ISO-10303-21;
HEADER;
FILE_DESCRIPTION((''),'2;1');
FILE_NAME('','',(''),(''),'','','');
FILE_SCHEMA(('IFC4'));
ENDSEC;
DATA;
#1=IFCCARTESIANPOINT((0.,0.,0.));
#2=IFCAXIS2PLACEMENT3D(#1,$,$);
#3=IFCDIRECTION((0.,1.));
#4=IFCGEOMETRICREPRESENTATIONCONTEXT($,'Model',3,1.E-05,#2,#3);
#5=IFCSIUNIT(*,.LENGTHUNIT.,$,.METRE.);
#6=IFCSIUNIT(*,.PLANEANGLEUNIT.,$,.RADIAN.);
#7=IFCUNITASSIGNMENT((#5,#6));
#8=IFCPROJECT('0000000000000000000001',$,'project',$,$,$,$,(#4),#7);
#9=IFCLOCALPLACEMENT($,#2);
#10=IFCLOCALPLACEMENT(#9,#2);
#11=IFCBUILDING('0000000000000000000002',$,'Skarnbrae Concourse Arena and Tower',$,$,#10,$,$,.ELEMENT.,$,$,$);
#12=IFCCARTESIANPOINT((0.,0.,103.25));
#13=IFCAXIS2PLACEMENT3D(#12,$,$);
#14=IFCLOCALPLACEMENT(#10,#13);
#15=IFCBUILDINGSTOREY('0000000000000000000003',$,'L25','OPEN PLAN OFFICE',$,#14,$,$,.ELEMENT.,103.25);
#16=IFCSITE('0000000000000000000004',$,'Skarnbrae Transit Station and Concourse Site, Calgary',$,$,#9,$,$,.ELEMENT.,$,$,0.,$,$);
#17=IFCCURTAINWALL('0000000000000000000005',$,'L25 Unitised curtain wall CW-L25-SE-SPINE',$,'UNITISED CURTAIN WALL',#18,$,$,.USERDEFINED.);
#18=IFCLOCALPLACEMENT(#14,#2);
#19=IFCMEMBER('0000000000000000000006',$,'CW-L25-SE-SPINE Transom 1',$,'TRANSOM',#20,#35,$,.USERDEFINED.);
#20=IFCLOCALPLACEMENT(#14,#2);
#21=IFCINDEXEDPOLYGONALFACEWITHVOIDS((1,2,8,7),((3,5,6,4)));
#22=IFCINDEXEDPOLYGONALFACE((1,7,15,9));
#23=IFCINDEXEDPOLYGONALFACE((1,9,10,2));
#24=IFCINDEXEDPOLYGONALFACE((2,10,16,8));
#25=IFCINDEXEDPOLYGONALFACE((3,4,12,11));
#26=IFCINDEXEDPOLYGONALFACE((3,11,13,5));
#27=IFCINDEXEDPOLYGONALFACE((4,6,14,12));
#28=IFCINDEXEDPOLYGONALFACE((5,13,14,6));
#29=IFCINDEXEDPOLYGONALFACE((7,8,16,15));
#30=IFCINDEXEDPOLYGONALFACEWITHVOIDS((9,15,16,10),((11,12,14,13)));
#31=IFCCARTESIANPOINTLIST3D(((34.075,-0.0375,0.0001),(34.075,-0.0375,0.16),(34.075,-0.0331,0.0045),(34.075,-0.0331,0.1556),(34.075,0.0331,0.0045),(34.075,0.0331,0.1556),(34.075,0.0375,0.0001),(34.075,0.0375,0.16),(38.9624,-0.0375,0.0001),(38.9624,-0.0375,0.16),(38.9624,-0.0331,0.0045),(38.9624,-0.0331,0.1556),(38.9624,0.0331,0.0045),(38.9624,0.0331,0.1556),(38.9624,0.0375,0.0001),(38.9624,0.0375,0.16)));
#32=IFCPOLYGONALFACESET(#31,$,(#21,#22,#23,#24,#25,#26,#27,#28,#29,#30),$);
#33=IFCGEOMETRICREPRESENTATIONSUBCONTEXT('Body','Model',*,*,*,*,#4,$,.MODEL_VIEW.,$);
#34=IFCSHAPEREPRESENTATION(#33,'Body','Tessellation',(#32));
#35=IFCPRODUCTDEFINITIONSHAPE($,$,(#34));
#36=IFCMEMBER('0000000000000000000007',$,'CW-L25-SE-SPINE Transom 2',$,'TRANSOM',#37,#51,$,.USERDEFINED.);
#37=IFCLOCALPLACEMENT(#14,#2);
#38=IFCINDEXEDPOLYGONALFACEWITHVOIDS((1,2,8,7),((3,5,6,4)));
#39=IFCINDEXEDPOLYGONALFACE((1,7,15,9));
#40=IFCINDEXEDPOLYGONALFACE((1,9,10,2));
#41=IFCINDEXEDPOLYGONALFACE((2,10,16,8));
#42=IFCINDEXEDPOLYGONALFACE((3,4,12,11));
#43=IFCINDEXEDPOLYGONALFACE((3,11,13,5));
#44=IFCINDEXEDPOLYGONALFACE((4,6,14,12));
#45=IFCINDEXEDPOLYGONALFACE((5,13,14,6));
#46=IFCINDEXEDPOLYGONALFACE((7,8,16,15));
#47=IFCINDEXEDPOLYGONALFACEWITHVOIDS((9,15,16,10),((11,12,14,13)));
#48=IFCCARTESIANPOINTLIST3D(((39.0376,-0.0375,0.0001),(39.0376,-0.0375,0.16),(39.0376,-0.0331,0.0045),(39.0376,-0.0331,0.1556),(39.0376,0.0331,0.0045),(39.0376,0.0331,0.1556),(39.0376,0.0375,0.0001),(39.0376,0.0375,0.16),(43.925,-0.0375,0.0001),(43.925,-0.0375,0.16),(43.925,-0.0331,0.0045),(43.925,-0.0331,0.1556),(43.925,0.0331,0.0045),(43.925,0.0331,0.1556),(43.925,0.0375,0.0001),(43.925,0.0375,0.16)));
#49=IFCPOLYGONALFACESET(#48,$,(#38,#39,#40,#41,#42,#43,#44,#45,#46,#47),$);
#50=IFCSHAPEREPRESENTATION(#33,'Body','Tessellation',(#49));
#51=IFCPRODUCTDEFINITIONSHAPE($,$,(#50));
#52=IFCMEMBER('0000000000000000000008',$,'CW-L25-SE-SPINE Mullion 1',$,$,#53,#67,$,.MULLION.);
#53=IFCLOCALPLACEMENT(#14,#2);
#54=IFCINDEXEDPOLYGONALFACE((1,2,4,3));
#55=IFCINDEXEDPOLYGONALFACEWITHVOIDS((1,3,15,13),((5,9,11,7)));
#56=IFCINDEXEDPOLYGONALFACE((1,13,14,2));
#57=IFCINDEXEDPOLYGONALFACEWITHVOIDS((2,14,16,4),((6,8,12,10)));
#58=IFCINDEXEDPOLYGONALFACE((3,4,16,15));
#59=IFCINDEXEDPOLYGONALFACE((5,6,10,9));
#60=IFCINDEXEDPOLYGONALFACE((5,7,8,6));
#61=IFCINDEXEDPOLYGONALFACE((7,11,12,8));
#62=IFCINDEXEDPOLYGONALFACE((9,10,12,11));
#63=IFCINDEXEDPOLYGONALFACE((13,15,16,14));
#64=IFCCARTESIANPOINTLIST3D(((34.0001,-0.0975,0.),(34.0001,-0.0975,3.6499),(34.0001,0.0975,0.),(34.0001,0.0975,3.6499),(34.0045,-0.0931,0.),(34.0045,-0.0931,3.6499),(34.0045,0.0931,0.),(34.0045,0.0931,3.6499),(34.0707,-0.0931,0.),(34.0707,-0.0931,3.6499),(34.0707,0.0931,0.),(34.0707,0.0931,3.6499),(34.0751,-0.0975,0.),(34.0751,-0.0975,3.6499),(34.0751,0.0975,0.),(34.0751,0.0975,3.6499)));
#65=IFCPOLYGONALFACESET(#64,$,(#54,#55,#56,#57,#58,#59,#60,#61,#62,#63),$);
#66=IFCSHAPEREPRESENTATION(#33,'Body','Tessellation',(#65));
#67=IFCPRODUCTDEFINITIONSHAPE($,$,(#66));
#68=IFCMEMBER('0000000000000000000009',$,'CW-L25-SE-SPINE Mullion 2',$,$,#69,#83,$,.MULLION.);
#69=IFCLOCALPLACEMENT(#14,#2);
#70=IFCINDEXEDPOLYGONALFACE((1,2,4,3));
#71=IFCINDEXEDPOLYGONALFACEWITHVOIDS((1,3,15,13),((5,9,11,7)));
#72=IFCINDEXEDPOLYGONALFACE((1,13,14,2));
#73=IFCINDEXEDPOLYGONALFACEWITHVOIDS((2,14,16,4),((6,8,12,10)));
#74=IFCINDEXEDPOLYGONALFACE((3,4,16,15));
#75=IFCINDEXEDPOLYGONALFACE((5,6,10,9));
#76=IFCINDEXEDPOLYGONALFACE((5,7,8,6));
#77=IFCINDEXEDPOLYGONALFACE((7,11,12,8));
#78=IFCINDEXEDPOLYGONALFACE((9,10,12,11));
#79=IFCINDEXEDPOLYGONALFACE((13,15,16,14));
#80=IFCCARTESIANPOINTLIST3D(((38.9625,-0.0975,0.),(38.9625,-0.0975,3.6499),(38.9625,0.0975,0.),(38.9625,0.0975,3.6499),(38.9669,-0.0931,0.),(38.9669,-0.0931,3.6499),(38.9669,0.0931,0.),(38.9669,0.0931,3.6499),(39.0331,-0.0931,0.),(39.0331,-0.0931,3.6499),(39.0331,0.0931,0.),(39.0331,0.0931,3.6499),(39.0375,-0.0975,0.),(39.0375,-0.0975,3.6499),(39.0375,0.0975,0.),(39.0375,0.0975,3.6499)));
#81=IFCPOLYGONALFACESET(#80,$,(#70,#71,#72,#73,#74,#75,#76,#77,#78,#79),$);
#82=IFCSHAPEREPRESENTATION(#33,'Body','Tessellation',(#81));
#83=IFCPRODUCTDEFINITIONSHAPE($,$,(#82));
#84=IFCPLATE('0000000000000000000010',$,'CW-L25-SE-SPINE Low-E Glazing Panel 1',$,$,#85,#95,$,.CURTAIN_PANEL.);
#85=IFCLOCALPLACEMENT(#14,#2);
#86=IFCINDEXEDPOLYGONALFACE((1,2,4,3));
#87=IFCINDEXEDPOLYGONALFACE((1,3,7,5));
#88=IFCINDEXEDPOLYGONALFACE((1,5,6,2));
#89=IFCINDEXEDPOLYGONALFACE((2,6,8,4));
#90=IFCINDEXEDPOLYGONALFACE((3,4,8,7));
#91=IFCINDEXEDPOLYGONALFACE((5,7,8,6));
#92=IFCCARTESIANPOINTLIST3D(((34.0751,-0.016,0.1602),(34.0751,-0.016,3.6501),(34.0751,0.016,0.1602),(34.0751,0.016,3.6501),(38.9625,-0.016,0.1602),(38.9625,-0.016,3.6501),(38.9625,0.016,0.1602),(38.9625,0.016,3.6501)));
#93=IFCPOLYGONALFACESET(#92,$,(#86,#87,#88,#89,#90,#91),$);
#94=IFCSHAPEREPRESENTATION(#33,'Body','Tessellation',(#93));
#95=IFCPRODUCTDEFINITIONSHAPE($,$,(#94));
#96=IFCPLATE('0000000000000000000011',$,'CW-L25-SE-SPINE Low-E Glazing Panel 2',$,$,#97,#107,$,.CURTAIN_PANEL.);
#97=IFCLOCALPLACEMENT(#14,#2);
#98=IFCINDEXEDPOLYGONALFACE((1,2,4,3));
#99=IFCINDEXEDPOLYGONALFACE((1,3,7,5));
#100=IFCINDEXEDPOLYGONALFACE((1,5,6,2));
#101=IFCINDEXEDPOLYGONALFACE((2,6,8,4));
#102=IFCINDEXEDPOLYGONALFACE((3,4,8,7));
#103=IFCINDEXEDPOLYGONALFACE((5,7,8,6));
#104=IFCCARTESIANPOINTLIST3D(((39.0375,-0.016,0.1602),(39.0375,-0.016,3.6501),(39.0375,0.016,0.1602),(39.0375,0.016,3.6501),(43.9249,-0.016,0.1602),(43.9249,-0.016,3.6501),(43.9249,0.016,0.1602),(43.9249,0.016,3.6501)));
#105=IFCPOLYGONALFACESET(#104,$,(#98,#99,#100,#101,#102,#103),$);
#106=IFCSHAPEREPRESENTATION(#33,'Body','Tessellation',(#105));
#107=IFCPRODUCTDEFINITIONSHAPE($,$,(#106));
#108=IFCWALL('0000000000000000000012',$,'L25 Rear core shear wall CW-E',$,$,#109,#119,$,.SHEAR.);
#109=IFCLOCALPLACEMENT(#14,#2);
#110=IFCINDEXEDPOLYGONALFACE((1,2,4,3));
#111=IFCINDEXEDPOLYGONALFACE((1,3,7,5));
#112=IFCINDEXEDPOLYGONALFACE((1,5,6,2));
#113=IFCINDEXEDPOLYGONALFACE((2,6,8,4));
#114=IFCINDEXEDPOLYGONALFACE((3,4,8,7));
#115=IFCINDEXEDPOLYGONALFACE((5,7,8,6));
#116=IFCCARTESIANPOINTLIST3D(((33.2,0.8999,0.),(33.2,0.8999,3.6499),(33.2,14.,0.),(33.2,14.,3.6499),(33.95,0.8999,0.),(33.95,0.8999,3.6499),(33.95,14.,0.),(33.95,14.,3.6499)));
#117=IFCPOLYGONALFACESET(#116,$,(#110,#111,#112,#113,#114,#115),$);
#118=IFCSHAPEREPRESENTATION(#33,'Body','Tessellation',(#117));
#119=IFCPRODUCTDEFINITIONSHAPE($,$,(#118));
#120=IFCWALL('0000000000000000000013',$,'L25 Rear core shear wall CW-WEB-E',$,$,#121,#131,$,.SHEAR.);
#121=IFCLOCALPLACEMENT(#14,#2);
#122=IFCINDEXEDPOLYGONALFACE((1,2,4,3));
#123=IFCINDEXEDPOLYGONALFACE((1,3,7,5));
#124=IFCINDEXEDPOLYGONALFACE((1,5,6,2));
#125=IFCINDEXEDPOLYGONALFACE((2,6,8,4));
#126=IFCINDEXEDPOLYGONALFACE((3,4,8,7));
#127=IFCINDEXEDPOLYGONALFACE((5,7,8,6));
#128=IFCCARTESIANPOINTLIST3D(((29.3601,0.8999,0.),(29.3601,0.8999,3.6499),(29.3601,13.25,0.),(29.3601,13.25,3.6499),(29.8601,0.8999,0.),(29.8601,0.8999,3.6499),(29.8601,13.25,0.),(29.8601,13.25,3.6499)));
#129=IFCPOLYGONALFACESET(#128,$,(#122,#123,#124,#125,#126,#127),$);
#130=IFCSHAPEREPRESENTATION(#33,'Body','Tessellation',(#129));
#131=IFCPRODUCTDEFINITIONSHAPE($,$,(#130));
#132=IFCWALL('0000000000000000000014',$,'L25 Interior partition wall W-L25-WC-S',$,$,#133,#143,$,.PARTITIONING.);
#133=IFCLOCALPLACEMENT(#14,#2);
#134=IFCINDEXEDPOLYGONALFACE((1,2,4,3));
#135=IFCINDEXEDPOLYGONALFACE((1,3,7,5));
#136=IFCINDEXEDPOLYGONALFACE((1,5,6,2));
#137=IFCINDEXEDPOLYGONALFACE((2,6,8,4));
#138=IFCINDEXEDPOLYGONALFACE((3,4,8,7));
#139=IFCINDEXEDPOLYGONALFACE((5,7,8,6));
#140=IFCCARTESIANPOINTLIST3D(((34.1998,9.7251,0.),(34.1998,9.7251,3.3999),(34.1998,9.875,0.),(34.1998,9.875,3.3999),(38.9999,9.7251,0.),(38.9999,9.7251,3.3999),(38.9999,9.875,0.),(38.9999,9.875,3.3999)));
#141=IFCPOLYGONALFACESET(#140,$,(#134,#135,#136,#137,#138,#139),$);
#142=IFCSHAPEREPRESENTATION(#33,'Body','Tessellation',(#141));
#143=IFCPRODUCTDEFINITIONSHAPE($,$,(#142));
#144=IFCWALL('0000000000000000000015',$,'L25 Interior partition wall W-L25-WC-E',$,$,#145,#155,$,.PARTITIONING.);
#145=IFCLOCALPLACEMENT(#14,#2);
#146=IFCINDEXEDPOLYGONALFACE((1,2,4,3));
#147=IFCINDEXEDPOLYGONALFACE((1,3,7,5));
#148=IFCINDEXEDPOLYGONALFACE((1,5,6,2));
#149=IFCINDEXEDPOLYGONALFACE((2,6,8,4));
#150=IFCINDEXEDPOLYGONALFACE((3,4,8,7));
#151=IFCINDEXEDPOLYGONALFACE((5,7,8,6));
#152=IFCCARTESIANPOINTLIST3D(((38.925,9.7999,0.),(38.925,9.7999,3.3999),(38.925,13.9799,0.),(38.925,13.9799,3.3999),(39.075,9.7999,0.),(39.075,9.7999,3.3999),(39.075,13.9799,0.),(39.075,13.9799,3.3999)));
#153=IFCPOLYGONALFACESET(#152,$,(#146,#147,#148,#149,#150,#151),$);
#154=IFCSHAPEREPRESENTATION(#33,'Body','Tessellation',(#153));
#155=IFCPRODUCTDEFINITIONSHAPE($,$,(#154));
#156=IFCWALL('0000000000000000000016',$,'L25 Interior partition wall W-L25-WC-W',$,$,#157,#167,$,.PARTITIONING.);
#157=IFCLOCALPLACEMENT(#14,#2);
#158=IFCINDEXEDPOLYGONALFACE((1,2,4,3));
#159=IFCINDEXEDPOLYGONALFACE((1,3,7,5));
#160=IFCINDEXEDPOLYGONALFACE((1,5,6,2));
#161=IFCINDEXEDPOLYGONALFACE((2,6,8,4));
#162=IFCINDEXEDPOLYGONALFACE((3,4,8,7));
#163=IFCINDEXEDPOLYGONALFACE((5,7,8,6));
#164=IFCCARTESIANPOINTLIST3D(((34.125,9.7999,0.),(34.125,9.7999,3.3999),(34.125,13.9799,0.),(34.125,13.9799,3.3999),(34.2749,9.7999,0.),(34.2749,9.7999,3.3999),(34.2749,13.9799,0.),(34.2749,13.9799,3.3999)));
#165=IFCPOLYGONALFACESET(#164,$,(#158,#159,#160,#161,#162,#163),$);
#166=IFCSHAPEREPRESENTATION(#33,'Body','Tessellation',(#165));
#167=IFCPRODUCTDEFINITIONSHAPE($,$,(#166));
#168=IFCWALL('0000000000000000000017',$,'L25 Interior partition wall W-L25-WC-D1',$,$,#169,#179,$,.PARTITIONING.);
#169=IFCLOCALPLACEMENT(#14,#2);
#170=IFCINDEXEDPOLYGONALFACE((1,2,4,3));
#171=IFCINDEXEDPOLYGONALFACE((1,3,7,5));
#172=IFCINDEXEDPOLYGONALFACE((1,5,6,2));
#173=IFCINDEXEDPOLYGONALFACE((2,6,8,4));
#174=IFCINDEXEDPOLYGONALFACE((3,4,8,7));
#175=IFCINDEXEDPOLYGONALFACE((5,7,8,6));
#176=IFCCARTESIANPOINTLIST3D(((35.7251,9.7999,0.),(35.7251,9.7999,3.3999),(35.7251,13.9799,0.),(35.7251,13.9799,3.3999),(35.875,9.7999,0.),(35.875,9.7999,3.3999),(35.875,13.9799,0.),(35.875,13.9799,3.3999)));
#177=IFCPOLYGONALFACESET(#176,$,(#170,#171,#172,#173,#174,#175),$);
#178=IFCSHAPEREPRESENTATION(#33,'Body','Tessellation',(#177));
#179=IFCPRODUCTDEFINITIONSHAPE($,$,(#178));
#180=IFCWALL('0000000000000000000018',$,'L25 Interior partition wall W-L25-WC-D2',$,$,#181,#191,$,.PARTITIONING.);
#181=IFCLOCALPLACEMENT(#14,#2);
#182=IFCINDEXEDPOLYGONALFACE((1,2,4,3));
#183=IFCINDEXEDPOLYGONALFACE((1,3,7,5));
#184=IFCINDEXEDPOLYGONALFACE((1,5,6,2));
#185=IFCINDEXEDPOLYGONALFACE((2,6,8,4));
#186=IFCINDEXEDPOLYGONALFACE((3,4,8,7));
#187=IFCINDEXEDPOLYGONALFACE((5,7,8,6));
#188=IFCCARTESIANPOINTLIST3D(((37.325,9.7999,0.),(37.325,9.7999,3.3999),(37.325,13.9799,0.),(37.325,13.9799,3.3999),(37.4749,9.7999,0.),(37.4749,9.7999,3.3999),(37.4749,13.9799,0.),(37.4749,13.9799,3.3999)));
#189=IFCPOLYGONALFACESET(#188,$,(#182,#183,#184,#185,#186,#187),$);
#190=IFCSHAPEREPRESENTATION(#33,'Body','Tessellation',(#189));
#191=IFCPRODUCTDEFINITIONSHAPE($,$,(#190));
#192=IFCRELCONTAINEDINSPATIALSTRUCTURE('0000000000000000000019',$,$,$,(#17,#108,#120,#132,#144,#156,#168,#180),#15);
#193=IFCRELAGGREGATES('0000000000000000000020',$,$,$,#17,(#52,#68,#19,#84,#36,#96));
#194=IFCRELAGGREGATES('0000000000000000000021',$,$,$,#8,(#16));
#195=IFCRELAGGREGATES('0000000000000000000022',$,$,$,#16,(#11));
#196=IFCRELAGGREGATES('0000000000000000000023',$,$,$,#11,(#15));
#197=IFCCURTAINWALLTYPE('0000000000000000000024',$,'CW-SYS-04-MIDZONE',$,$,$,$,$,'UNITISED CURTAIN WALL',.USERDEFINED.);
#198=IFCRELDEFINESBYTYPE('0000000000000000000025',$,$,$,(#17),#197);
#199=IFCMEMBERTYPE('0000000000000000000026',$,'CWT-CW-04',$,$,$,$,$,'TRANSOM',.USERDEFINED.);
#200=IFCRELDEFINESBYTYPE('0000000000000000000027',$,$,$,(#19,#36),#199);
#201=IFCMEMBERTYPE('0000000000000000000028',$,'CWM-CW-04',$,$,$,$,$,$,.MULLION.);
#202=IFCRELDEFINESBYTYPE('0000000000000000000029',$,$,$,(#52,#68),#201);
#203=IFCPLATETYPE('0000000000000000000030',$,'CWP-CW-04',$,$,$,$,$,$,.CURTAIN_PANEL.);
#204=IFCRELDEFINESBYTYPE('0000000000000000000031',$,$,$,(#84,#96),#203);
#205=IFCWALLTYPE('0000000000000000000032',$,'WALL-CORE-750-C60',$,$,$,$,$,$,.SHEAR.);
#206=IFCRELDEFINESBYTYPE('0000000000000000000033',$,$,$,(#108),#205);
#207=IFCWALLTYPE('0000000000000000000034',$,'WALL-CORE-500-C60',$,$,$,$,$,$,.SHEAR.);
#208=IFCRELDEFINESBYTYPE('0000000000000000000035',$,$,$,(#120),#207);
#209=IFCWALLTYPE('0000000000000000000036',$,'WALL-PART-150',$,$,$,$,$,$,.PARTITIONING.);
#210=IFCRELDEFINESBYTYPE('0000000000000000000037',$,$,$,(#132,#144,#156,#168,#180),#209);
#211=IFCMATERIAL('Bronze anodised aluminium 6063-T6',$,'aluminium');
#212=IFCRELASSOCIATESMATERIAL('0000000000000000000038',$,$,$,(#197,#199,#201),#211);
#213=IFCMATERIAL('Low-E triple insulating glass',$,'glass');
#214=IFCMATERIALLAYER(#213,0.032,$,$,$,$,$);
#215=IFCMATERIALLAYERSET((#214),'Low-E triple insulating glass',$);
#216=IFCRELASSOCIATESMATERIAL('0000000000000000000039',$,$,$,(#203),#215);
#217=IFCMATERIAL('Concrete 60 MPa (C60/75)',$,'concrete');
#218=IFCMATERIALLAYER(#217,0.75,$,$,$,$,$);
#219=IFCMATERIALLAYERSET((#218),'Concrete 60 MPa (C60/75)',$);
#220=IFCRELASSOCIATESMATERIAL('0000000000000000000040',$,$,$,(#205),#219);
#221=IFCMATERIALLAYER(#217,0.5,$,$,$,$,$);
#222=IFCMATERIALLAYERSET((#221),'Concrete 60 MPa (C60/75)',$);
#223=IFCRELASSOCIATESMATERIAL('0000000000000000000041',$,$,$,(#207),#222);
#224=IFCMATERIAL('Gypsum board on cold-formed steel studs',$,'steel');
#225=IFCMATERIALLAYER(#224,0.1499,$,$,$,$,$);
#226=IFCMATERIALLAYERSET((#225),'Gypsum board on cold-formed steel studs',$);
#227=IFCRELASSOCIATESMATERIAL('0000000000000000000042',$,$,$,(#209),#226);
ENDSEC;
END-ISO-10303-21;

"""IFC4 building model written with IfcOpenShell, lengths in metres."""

from ifc_helpers import new_model, si_unit, direction, frame, frame_2d, origin, origin_2d, place, context, subcontext, project, spatial, rectangle, hollow_rectangle, extrude, source, transform, mapped, material, layer, layer_set, material_profile, profile_set, type_object, element, aggregate, save


model = new_model("IFC4")

# Units and contexts
model_context = context("Model", 3, precision=1e-05, world=origin(), true_north=direction((0.0, 1.0)))
body_context = subcontext(model_context, "Body", "Model", "MODEL_VIEW")
ifc_project = project(units=[si_unit("LENGTHUNIT", "METRE"), si_unit("PLANEANGLEUNIT", "RADIAN")], contexts=[model_context])

# Site, building, storey
site_placement = place(None, origin())
site = spatial("IfcSite", under=ifc_project, at=site_placement, Name="Skarnbrae Transit Station and Concourse Site, Calgary", CompositionType="ELEMENT", RefElevation=0.0)
building_placement = place(site_placement, origin())
building = spatial("IfcBuilding", under=site, at=building_placement, Name="Skarnbrae Concourse Arena and Tower", CompositionType="ELEMENT")
storey_placement = place(building_placement, frame((0.0, 0.0, 103.25)))
storey = spatial("IfcBuildingStorey", under=building, at=storey_placement, Name="L25", Description="OPEN PLAN OFFICE", CompositionType="ELEMENT", Elevation=103.25)

# Curtain wall, members, plates
ifc_material_1 = material(Name="Bronze anodised aluminium 6063-T6", Category="aluminium")
curtain_wall_type = type_object("IfcCurtainWallType", Name="CW-SYS-04-MIDZONE", ElementType="UNITISED CURTAIN WALL", PredefinedType="USERDEFINED", material=ifc_material_1)
curtain_wall_placement = place(storey_placement, origin())
curtain_wall = element("IfcCurtainWall", 1, at=curtain_wall_placement, inside=storey, type_object=curtain_wall_type, Name="L25 Unitised curtain wall CW-L25-SE-SPINE", ObjectType="UNITISED CURTAIN WALL", PredefinedType="USERDEFINED")
ifc_material_profile_1 = material_profile(ifc_material_1, hollow_rectangle(XDim=0.075, YDim=0.1599, WallThickness=0.0044, at=origin_2d()), Name="ALU-TRAN-75X160")
ifc_profile_set_1 = profile_set([ifc_material_profile_1], Name="Bronze anodised aluminium 6063-T6")
member_type_1 = type_object("IfcMemberType", Name="CWT-CW-04", ElementType="TRANSOM", PredefinedType="USERDEFINED", material=ifc_profile_set_1)
shared_shape_1 = source(origin(), body_context, "Body", "SweptSolid", [
    extrude(hollow_rectangle(XDim=0.075, YDim=0.1599, WallThickness=0.0044, at=origin_2d()), origin(), (0.0, 0.0, 1.0), 4.8875),
])
member_1_placement = place(storey_placement, frame((34.075, 0.0, 0.0801), z_axis=(1.0, 0.0, 0.0), x_axis=(0.0, 1.0, 0.0)))
member_1 = element("IfcMember", 2, at=member_1_placement, type_object=member_type_1, Name="CW-L25-SE-SPINE Transom 1", ObjectType="TRANSOM", PredefinedType="USERDEFINED", context=body_context, shape_type="MappedRepresentation", body=[
    mapped(shared_shape_1, transform((0.0, 0.0, 0.0))),
])
member_2_placement = place(storey_placement, frame((39.0376, 0.0, 0.0801), z_axis=(1.0, 0.0, 0.0), x_axis=(0.0, 1.0, 0.0)))
member_2 = element("IfcMember", 3, at=member_2_placement, type_object=member_type_1, Name="CW-L25-SE-SPINE Transom 2", ObjectType="TRANSOM", PredefinedType="USERDEFINED", context=body_context, shape_type="MappedRepresentation", body=[
    mapped(shared_shape_1, transform((0.0, 0.0, 0.0))),
])
ifc_material_profile_2 = material_profile(ifc_material_1, hollow_rectangle(XDim=0.075, YDim=0.1951, WallThickness=0.0044, at=origin_2d()), Name="ALU-MULL-75X195")
ifc_profile_set_2 = profile_set([ifc_material_profile_2], Name="Bronze anodised aluminium 6063-T6")
member_type_2 = type_object("IfcMemberType", Name="CWM-CW-04", PredefinedType="MULLION", material=ifc_profile_set_2)
shared_shape_2 = source(origin(), body_context, "Body", "SweptSolid", [
    extrude(hollow_rectangle(XDim=0.075, YDim=0.1951, WallThickness=0.0044, at=origin_2d()), origin(), (0.0, 0.0, 1.0), 3.6499),
])
member_3_placement = place(storey_placement, frame((34.0376, 0.0, 0.0), z_axis=(0.0, 0.0, 1.0), x_axis=(1.0, 0.0, 0.0)))
member_3 = element("IfcMember", 4, at=member_3_placement, type_object=member_type_2, Name="CW-L25-SE-SPINE Mullion 1", PredefinedType="MULLION", context=body_context, shape_type="MappedRepresentation", body=[
    mapped(shared_shape_2, transform((0.0, 0.0, 0.0))),
])
member_4_placement = place(storey_placement, frame((39.0, 0.0, 0.0), z_axis=(0.0, 0.0, 1.0), x_axis=(1.0, 0.0, 0.0)))
member_4 = element("IfcMember", 5, at=member_4_placement, type_object=member_type_2, Name="CW-L25-SE-SPINE Mullion 2", PredefinedType="MULLION", context=body_context, shape_type="MappedRepresentation", body=[
    mapped(shared_shape_2, transform((0.0, 0.0, 0.0))),
])
ifc_material_2 = material(Name="Low-E triple insulating glass", Category="glass")
ifc_layer_1 = layer(ifc_material_2, 0.032)
ifc_layer_set_1 = layer_set([ifc_layer_1], Name="Low-E triple insulating glass")
plate_type = type_object("IfcPlateType", Name="CWP-CW-04", PredefinedType="CURTAIN_PANEL", material=ifc_layer_set_1)
shared_shape_3 = source(origin(), body_context, "Body", "SweptSolid", [
    extrude(rectangle(XDim=4.8875, YDim=0.032, at=origin_2d()), origin(), (0.0, 0.0, 1.0), 3.49),
])
plate_1_placement = place(storey_placement, frame((36.5188, 0.0, 0.1602), z_axis=(0.0, 0.0, 1.0), x_axis=(1.0, 0.0, 0.0)))
plate_1 = element("IfcPlate", 6, at=plate_1_placement, type_object=plate_type, Name="CW-L25-SE-SPINE Low-E Glazing Panel 1", PredefinedType="CURTAIN_PANEL", context=body_context, shape_type="MappedRepresentation", body=[
    mapped(shared_shape_3, transform((0.0, 0.0, 0.0))),
])
plate_2_placement = place(storey_placement, frame((41.4812, 0.0, 0.1602), z_axis=(0.0, 0.0, 1.0), x_axis=(1.0, 0.0, 0.0)))
plate_2 = element("IfcPlate", 7, at=plate_2_placement, type_object=plate_type, Name="CW-L25-SE-SPINE Low-E Glazing Panel 2", PredefinedType="CURTAIN_PANEL", context=body_context, shape_type="MappedRepresentation", body=[
    mapped(shared_shape_3, transform((0.0, 0.0, 0.0))),
])
aggregate(curtain_wall, [member_3, member_4, member_1, plate_1, member_2, plate_2])

# Walls
ifc_material_3 = material(Name="Concrete 60 MPa (C60/75)", Category="concrete")
ifc_layer_2 = layer(ifc_material_3, 0.75)
ifc_layer_set_2 = layer_set([ifc_layer_2], Name="Concrete 60 MPa (C60/75)")
wall_type_1 = type_object("IfcWallType", Name="WALL-CORE-750-C60", PredefinedType="SHEAR", material=ifc_layer_set_2)
shared_shape_4 = source(origin(), body_context, "Body", "SweptSolid", [
    extrude(rectangle(XDim=13.1001, YDim=0.75, at=frame_2d((6.55, 0.0))), origin(), (0.0, 0.0, 1.0), 3.6499),
])
wall_1_placement = place(storey_placement, frame((33.575, 0.8999, 0.0), z_axis=(0.0, 0.0, 1.0), x_axis=(0.0, 1.0, 0.0)))
element("IfcWall", 8, at=wall_1_placement, inside=storey, type_object=wall_type_1, Name="L25 Rear core shear wall CW-E", PredefinedType="SHEAR", context=body_context, shape_type="MappedRepresentation", body=[
    mapped(shared_shape_4, transform((0.0, 0.0, 0.0))),
])
ifc_layer_3 = layer(ifc_material_3, 0.5)
ifc_layer_set_3 = layer_set([ifc_layer_3], Name="Concrete 60 MPa (C60/75)")
wall_type_2 = type_object("IfcWallType", Name="WALL-CORE-500-C60", PredefinedType="SHEAR", material=ifc_layer_set_3)
shared_shape_5 = source(origin(), body_context, "Body", "SweptSolid", [
    extrude(rectangle(XDim=12.3501, YDim=0.5, at=frame_2d((6.175, 0.0))), origin(), (0.0, 0.0, 1.0), 3.6499),
])
wall_2_placement = place(storey_placement, frame((29.6101, 0.8999, 0.0), z_axis=(0.0, 0.0, 1.0), x_axis=(0.0, 1.0, 0.0)))
element("IfcWall", 9, at=wall_2_placement, inside=storey, type_object=wall_type_2, Name="L25 Rear core shear wall CW-WEB-E", PredefinedType="SHEAR", context=body_context, shape_type="MappedRepresentation", body=[
    mapped(shared_shape_5, transform((0.0, 0.0, 0.0))),
])
ifc_material_4 = material(Name="Gypsum board on cold-formed steel studs", Category="steel")
ifc_layer_4 = layer(ifc_material_4, 0.1499)
ifc_layer_set_4 = layer_set([ifc_layer_4], Name="Gypsum board on cold-formed steel studs")
wall_type_3 = type_object("IfcWallType", Name="WALL-PART-150", PredefinedType="PARTITIONING", material=ifc_layer_set_4)
shared_shape_6 = source(origin(), body_context, "Body", "SweptSolid", [
    extrude(rectangle(XDim=4.8, YDim=0.1499, at=frame_2d((2.3999, 0.0))), origin(), (0.0, 0.0, 1.0), 3.3999),
])
wall_3_placement = place(storey_placement, frame((34.2, 9.8, 0.0), z_axis=(0.0, 0.0, 1.0), x_axis=(1.0, 0.0, 0.0)))
element("IfcWall", 10, at=wall_3_placement, inside=storey, type_object=wall_type_3, Name="L25 Interior partition wall W-L25-WC-S", PredefinedType="PARTITIONING", context=body_context, shape_type="MappedRepresentation", body=[
    mapped(shared_shape_6, transform((0.0, 0.0, 0.0))),
])
shared_shape_7 = source(origin(), body_context, "Body", "SweptSolid", [
    extrude(rectangle(XDim=4.1799, YDim=0.1499, at=frame_2d((2.0898, 0.0))), origin(), (0.0, 0.0, 1.0), 3.3999),
])
for number, where, z_axis, x_axis, name in (
    (11, (39.0, 9.8, 0.0), (0.0, 0.0, 1.0), (0.0, 1.0, 0.0), "L25 Interior partition wall W-L25-WC-E"),
    (12, (34.2, 9.8, 0.0), (0.0, 0.0, 1.0), (0.0, 1.0, 0.0), "L25 Interior partition wall W-L25-WC-W"),
    (13, (35.8, 9.8, 0.0), (0.0, 0.0, 1.0), (0.0, 1.0, 0.0), "L25 Interior partition wall W-L25-WC-D1"),
    (14, (37.3999, 9.8, 0.0), (0.0, 0.0, 1.0), (0.0, 1.0, 0.0), "L25 Interior partition wall W-L25-WC-D2"),
):
    element("IfcWall", number, at=place(storey_placement, frame(where, z_axis=z_axis, x_axis=x_axis)), inside=storey, type_object=wall_type_3, Name=name, PredefinedType="PARTITIONING", context=body_context, shape_type="MappedRepresentation", body=[
        mapped(shared_shape_7, transform((0.0, 0.0, 0.0))),
    ])

save(model, "model.ifc")
